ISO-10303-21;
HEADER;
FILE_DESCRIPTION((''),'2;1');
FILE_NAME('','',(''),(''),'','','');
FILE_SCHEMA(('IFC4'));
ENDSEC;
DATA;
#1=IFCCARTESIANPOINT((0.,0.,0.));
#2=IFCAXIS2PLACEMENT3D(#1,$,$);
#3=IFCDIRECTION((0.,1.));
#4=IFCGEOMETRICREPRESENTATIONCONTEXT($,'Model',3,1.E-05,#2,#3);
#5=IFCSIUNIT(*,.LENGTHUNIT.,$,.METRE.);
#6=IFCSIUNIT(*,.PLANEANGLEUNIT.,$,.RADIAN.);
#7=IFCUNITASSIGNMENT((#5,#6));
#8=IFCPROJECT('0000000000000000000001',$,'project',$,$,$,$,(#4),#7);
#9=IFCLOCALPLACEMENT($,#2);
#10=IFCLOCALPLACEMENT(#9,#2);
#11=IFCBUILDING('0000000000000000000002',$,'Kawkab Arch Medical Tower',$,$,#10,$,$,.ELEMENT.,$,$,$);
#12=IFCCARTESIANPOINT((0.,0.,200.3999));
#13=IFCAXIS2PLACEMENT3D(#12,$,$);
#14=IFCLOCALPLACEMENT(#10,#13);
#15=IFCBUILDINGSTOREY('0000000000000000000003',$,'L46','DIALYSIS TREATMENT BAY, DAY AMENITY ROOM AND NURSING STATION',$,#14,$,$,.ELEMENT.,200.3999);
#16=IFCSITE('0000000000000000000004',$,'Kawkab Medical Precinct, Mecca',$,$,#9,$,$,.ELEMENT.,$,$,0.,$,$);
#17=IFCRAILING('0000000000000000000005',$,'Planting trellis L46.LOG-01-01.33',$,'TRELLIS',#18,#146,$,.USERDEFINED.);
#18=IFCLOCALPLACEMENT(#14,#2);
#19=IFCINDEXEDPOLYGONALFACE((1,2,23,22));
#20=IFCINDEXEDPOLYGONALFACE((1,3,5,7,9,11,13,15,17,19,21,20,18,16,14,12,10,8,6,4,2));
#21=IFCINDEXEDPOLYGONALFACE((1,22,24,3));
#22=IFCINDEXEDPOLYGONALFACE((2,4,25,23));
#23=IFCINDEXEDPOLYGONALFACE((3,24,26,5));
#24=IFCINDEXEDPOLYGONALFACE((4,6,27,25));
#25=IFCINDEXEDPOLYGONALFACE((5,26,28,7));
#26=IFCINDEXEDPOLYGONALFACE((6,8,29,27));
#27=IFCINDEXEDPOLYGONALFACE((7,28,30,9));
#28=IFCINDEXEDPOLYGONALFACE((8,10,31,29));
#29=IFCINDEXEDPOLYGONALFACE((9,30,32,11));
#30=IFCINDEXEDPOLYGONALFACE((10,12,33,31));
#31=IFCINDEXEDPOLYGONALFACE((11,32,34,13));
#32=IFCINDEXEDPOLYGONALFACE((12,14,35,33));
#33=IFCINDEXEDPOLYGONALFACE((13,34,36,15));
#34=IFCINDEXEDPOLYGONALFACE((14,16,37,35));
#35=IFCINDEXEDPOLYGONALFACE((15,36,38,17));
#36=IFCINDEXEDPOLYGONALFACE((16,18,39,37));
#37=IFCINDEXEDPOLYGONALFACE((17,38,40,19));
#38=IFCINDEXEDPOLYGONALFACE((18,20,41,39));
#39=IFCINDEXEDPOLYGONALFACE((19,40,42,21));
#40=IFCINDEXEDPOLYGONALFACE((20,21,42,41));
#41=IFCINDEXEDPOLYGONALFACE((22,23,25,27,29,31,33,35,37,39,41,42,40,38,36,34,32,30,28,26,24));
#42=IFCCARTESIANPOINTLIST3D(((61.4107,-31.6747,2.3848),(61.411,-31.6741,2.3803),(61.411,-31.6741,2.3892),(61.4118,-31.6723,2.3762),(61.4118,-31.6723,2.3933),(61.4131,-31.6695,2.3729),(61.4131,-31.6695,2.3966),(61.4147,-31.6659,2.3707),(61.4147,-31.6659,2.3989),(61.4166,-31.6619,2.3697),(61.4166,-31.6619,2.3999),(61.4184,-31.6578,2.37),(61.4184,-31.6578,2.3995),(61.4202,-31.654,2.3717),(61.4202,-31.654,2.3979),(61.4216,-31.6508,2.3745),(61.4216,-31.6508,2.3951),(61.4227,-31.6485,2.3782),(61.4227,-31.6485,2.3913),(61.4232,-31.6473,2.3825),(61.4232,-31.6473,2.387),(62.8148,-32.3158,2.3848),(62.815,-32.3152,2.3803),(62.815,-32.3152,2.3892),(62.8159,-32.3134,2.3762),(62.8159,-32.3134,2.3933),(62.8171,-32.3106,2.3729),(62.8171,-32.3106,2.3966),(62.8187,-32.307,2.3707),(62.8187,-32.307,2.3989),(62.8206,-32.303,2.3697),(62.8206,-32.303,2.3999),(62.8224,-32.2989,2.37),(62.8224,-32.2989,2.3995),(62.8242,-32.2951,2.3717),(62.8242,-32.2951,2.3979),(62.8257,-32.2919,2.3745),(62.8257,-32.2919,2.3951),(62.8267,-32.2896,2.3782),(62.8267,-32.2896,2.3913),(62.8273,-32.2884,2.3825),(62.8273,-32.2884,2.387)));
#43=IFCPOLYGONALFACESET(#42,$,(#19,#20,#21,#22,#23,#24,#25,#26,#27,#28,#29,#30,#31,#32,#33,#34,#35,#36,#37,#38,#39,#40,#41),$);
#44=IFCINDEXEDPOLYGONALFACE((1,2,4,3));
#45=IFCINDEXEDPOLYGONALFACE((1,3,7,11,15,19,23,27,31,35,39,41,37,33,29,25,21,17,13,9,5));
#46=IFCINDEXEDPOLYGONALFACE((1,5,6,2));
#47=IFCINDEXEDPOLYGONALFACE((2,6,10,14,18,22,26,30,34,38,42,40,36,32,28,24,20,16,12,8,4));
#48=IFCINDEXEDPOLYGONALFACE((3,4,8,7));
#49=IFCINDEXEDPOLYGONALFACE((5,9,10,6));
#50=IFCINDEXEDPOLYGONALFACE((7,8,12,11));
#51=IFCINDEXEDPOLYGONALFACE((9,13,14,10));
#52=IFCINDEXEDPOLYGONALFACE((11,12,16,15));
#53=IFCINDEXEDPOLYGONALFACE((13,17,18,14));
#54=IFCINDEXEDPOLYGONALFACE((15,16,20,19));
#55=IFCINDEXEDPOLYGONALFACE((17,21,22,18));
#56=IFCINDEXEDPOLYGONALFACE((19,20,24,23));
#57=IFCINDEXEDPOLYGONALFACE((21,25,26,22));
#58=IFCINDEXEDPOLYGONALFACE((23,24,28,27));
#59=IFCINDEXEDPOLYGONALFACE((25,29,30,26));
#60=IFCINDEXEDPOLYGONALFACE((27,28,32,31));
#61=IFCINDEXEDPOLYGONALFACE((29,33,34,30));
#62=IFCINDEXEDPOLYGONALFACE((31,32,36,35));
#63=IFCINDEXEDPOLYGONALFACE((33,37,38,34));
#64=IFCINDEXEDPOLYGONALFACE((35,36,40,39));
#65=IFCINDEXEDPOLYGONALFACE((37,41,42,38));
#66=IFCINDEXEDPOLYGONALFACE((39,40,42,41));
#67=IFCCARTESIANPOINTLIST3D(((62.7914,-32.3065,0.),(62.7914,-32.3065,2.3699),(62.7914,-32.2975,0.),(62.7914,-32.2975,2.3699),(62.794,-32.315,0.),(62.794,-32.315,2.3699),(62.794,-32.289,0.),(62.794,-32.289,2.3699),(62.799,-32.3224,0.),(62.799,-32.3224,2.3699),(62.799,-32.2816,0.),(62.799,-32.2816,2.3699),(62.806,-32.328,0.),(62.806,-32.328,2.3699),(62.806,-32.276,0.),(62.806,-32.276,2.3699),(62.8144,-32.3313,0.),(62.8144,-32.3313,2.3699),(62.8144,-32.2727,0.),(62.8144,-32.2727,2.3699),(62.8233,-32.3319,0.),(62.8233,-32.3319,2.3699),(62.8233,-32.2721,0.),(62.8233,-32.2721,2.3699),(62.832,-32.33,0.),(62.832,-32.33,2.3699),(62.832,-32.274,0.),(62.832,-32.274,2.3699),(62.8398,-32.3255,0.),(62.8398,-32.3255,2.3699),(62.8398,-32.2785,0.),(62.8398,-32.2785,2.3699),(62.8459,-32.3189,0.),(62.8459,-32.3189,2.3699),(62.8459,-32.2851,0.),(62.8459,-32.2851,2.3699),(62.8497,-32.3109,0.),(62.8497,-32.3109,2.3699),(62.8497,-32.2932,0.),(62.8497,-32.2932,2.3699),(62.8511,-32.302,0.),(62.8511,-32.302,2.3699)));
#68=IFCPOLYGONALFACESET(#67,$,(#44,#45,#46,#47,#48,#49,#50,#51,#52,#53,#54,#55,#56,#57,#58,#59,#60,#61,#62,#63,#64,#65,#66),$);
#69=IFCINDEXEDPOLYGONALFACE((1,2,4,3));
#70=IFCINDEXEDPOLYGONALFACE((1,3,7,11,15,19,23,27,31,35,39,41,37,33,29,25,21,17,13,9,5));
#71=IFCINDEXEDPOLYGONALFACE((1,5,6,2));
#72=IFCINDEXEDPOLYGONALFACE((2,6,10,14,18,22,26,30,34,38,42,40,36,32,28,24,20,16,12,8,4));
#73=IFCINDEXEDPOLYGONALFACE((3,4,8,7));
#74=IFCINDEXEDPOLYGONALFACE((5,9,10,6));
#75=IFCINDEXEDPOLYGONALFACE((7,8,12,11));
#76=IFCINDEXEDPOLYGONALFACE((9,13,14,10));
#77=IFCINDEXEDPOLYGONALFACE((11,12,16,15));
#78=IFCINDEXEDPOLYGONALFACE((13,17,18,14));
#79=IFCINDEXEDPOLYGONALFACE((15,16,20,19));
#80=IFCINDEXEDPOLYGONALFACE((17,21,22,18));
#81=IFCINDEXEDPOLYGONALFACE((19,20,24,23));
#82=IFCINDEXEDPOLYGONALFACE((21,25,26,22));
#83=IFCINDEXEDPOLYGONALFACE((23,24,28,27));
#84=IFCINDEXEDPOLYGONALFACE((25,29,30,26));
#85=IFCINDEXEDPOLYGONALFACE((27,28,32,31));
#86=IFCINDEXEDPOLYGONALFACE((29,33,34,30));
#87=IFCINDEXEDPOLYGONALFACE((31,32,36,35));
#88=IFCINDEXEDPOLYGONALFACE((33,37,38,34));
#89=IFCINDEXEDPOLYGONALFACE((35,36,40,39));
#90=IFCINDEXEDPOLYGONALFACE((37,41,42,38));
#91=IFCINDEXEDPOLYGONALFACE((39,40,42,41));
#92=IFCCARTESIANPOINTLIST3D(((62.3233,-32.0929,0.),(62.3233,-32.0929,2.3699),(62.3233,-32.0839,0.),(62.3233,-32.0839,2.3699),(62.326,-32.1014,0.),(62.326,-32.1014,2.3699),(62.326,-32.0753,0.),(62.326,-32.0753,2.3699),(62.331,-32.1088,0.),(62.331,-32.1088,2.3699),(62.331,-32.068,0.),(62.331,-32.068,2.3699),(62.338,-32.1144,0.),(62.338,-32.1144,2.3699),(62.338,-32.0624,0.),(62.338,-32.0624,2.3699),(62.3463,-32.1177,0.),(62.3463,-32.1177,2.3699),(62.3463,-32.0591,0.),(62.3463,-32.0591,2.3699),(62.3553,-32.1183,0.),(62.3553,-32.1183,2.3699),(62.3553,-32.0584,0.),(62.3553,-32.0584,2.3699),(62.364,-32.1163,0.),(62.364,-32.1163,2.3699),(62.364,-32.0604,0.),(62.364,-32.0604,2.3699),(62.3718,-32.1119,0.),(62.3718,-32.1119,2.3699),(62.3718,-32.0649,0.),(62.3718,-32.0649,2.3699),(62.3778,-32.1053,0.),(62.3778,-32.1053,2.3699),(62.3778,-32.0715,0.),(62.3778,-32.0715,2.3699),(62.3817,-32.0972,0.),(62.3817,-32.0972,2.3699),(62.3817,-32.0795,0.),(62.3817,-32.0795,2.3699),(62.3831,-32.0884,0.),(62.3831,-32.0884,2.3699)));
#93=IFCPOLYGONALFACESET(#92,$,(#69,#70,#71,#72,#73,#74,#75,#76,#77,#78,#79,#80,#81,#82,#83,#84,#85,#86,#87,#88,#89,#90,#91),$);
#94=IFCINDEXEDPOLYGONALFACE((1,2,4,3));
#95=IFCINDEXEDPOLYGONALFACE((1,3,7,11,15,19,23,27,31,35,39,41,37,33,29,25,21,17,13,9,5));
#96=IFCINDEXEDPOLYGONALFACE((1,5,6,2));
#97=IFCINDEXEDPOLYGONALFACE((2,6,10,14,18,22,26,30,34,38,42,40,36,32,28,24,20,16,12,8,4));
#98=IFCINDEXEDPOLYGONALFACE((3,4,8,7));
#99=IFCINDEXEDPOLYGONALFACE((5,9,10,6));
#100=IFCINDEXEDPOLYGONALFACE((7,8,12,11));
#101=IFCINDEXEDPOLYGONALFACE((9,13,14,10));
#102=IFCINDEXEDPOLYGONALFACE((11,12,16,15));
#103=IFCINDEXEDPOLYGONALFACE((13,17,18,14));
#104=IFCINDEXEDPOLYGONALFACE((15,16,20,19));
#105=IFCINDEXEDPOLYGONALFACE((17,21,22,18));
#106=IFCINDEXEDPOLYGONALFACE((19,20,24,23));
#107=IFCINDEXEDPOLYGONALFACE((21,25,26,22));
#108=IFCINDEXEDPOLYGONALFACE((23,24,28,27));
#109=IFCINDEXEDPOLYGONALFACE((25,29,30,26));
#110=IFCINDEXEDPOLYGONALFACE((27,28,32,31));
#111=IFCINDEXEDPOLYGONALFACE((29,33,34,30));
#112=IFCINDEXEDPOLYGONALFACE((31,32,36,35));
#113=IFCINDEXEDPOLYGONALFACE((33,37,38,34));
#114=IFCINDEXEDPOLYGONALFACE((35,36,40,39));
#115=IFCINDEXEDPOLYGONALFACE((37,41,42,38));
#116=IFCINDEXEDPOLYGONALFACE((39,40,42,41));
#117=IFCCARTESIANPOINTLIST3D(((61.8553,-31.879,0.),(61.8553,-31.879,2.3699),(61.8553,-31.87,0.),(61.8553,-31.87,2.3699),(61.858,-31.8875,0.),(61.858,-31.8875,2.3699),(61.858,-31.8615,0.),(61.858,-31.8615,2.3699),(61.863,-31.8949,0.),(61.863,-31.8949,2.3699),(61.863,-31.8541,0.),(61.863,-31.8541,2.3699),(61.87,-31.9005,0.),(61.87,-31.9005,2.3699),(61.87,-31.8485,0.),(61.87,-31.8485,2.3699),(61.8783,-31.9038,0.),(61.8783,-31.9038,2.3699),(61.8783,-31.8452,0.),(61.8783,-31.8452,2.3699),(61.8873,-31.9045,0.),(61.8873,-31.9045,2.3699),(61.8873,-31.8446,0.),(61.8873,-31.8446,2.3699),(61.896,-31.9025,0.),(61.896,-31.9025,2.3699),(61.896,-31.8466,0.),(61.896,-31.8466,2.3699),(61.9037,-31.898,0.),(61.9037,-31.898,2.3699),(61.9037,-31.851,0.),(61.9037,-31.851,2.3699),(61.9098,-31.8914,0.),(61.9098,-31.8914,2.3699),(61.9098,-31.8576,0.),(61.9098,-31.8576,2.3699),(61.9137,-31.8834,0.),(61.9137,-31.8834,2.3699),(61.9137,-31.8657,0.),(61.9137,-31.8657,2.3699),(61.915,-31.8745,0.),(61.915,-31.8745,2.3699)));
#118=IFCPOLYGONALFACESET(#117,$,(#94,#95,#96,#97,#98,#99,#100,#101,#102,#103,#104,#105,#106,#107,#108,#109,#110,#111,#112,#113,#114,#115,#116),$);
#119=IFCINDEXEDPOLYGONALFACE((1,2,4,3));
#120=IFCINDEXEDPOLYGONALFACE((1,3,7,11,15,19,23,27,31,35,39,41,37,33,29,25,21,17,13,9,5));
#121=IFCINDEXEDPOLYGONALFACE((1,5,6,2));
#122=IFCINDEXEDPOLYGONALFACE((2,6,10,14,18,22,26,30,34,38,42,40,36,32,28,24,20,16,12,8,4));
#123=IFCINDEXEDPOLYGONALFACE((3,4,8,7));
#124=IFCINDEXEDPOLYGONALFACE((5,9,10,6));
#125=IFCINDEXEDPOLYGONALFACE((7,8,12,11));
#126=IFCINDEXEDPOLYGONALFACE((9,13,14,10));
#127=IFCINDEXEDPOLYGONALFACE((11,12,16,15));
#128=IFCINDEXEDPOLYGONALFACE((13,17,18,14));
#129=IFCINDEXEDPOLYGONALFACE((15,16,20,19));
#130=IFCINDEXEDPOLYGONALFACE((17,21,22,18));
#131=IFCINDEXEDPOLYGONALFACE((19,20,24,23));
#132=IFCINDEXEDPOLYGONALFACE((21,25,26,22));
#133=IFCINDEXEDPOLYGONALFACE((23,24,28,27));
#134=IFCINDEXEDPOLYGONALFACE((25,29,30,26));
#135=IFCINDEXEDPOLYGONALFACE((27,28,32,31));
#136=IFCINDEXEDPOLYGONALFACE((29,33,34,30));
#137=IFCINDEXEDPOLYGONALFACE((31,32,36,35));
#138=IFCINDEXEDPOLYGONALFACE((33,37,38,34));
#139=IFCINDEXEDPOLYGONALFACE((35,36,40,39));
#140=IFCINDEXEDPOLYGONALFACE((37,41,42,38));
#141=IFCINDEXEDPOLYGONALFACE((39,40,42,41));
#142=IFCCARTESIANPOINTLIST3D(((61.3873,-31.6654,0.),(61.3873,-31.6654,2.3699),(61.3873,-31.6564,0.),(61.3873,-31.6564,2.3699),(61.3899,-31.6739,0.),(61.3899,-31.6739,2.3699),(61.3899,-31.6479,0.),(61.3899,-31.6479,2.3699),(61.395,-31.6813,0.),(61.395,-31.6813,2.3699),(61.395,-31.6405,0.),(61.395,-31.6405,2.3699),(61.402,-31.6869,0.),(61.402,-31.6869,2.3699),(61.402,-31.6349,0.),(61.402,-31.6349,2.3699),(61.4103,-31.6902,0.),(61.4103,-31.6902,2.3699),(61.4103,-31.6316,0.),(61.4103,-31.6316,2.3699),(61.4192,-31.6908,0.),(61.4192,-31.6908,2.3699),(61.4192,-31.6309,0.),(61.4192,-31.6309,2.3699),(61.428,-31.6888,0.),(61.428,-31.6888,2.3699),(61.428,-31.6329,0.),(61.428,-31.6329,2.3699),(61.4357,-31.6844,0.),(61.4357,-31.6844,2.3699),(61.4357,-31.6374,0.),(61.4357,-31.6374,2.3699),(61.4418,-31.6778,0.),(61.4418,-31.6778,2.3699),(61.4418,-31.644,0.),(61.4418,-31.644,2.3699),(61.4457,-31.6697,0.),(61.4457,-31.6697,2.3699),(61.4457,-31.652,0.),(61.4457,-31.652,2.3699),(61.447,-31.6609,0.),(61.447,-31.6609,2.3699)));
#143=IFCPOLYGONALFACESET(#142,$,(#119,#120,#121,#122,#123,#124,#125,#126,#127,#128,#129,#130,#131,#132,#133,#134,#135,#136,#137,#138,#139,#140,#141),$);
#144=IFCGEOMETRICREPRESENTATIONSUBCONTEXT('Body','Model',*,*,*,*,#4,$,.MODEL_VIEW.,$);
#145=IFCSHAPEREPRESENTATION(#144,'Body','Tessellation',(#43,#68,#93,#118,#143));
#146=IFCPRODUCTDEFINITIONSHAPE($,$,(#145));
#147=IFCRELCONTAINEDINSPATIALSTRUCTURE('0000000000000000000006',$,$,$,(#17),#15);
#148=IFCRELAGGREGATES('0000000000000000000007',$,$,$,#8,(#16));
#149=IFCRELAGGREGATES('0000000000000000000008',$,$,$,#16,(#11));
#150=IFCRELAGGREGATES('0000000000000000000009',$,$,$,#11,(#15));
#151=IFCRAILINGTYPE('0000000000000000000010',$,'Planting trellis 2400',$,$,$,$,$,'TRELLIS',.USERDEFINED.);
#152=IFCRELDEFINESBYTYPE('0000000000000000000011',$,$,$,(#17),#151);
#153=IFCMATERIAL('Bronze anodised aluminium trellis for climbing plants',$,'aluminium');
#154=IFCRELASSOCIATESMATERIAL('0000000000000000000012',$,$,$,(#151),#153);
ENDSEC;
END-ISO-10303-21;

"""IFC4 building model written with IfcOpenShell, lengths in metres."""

from ifc_helpers import new_model, si_unit, direction, frame, origin, origin_2d, place, context, subcontext, project, spatial, circle, extrude, material, type_object, element, save


model = new_model("IFC4")

# Units and contexts
model_context = context("Model", 3, precision=1e-05, world=origin(), true_north=direction((0.0, 1.0)))
body_context = subcontext(model_context, "Body", "Model", "MODEL_VIEW")
ifc_project = project(units=[si_unit("LENGTHUNIT", "METRE"), si_unit("PLANEANGLEUNIT", "RADIAN")], contexts=[model_context])

# Site, building, storey
site_placement = place(None, origin())
site = spatial("IfcSite", under=ifc_project, at=site_placement, Name="Kawkab Medical Precinct, Mecca", CompositionType="ELEMENT", RefElevation=0.0)
building_placement = place(site_placement, origin())
building = spatial("IfcBuilding", under=site, at=building_placement, Name="Kawkab Arch Medical Tower", CompositionType="ELEMENT")
storey_placement = place(building_placement, frame((0.0, 0.0, 200.3999)))
storey = spatial("IfcBuildingStorey", under=building, at=storey_placement, Name="L46", Description="DIALYSIS TREATMENT BAY, DAY AMENITY ROOM AND NURSING STATION", CompositionType="ELEMENT", Elevation=200.3999)

# Railing
ifc_material_1 = material(Name="Bronze anodised aluminium trellis for climbing plants", Category="aluminium")
railing_type = type_object("IfcRailingType", Name="Planting trellis 2400", ElementType="TRELLIS", PredefinedType="USERDEFINED", material=ifc_material_1)
railing_1_placement = place(storey_placement, frame((62.821, -32.302, 0.0)))
element("IfcRailing", 1, at=railing_1_placement, inside=storey, type_object=railing_type, Name="Planting trellis L46.LOG-01-01.33", ObjectType="TRELLIS", PredefinedType="USERDEFINED", context=body_context, shape_type="SweptSolid", body=[
    extrude(circle(Radius=0.0151, at=origin_2d()), frame((0.0, 0.0, 2.3848), z_axis=(-0.909656, 0.415363, 0.0), x_axis=(-0.415363, -0.909656, 0.0)), (0.0, 0.0, 1.0), 1.5435),
    extrude(circle(Radius=0.03, at=origin_2d()), origin(), (0.0, 0.0, 1.0), 2.3699),
    extrude(circle(Radius=0.03, at=origin_2d()), frame((-0.468, 0.2136, 0.0)), (0.0, 0.0, 1.0), 2.3699),
    extrude(circle(Radius=0.03, at=origin_2d()), frame((-0.936, 0.4275, 0.0)), (0.0, 0.0, 1.0), 2.3699),
    extrude(circle(Radius=0.03, at=origin_2d()), frame((-1.4041, 0.6411, 0.0)), (0.0, 0.0, 1.0), 2.3699),
])

save(model, "model.ifc")
